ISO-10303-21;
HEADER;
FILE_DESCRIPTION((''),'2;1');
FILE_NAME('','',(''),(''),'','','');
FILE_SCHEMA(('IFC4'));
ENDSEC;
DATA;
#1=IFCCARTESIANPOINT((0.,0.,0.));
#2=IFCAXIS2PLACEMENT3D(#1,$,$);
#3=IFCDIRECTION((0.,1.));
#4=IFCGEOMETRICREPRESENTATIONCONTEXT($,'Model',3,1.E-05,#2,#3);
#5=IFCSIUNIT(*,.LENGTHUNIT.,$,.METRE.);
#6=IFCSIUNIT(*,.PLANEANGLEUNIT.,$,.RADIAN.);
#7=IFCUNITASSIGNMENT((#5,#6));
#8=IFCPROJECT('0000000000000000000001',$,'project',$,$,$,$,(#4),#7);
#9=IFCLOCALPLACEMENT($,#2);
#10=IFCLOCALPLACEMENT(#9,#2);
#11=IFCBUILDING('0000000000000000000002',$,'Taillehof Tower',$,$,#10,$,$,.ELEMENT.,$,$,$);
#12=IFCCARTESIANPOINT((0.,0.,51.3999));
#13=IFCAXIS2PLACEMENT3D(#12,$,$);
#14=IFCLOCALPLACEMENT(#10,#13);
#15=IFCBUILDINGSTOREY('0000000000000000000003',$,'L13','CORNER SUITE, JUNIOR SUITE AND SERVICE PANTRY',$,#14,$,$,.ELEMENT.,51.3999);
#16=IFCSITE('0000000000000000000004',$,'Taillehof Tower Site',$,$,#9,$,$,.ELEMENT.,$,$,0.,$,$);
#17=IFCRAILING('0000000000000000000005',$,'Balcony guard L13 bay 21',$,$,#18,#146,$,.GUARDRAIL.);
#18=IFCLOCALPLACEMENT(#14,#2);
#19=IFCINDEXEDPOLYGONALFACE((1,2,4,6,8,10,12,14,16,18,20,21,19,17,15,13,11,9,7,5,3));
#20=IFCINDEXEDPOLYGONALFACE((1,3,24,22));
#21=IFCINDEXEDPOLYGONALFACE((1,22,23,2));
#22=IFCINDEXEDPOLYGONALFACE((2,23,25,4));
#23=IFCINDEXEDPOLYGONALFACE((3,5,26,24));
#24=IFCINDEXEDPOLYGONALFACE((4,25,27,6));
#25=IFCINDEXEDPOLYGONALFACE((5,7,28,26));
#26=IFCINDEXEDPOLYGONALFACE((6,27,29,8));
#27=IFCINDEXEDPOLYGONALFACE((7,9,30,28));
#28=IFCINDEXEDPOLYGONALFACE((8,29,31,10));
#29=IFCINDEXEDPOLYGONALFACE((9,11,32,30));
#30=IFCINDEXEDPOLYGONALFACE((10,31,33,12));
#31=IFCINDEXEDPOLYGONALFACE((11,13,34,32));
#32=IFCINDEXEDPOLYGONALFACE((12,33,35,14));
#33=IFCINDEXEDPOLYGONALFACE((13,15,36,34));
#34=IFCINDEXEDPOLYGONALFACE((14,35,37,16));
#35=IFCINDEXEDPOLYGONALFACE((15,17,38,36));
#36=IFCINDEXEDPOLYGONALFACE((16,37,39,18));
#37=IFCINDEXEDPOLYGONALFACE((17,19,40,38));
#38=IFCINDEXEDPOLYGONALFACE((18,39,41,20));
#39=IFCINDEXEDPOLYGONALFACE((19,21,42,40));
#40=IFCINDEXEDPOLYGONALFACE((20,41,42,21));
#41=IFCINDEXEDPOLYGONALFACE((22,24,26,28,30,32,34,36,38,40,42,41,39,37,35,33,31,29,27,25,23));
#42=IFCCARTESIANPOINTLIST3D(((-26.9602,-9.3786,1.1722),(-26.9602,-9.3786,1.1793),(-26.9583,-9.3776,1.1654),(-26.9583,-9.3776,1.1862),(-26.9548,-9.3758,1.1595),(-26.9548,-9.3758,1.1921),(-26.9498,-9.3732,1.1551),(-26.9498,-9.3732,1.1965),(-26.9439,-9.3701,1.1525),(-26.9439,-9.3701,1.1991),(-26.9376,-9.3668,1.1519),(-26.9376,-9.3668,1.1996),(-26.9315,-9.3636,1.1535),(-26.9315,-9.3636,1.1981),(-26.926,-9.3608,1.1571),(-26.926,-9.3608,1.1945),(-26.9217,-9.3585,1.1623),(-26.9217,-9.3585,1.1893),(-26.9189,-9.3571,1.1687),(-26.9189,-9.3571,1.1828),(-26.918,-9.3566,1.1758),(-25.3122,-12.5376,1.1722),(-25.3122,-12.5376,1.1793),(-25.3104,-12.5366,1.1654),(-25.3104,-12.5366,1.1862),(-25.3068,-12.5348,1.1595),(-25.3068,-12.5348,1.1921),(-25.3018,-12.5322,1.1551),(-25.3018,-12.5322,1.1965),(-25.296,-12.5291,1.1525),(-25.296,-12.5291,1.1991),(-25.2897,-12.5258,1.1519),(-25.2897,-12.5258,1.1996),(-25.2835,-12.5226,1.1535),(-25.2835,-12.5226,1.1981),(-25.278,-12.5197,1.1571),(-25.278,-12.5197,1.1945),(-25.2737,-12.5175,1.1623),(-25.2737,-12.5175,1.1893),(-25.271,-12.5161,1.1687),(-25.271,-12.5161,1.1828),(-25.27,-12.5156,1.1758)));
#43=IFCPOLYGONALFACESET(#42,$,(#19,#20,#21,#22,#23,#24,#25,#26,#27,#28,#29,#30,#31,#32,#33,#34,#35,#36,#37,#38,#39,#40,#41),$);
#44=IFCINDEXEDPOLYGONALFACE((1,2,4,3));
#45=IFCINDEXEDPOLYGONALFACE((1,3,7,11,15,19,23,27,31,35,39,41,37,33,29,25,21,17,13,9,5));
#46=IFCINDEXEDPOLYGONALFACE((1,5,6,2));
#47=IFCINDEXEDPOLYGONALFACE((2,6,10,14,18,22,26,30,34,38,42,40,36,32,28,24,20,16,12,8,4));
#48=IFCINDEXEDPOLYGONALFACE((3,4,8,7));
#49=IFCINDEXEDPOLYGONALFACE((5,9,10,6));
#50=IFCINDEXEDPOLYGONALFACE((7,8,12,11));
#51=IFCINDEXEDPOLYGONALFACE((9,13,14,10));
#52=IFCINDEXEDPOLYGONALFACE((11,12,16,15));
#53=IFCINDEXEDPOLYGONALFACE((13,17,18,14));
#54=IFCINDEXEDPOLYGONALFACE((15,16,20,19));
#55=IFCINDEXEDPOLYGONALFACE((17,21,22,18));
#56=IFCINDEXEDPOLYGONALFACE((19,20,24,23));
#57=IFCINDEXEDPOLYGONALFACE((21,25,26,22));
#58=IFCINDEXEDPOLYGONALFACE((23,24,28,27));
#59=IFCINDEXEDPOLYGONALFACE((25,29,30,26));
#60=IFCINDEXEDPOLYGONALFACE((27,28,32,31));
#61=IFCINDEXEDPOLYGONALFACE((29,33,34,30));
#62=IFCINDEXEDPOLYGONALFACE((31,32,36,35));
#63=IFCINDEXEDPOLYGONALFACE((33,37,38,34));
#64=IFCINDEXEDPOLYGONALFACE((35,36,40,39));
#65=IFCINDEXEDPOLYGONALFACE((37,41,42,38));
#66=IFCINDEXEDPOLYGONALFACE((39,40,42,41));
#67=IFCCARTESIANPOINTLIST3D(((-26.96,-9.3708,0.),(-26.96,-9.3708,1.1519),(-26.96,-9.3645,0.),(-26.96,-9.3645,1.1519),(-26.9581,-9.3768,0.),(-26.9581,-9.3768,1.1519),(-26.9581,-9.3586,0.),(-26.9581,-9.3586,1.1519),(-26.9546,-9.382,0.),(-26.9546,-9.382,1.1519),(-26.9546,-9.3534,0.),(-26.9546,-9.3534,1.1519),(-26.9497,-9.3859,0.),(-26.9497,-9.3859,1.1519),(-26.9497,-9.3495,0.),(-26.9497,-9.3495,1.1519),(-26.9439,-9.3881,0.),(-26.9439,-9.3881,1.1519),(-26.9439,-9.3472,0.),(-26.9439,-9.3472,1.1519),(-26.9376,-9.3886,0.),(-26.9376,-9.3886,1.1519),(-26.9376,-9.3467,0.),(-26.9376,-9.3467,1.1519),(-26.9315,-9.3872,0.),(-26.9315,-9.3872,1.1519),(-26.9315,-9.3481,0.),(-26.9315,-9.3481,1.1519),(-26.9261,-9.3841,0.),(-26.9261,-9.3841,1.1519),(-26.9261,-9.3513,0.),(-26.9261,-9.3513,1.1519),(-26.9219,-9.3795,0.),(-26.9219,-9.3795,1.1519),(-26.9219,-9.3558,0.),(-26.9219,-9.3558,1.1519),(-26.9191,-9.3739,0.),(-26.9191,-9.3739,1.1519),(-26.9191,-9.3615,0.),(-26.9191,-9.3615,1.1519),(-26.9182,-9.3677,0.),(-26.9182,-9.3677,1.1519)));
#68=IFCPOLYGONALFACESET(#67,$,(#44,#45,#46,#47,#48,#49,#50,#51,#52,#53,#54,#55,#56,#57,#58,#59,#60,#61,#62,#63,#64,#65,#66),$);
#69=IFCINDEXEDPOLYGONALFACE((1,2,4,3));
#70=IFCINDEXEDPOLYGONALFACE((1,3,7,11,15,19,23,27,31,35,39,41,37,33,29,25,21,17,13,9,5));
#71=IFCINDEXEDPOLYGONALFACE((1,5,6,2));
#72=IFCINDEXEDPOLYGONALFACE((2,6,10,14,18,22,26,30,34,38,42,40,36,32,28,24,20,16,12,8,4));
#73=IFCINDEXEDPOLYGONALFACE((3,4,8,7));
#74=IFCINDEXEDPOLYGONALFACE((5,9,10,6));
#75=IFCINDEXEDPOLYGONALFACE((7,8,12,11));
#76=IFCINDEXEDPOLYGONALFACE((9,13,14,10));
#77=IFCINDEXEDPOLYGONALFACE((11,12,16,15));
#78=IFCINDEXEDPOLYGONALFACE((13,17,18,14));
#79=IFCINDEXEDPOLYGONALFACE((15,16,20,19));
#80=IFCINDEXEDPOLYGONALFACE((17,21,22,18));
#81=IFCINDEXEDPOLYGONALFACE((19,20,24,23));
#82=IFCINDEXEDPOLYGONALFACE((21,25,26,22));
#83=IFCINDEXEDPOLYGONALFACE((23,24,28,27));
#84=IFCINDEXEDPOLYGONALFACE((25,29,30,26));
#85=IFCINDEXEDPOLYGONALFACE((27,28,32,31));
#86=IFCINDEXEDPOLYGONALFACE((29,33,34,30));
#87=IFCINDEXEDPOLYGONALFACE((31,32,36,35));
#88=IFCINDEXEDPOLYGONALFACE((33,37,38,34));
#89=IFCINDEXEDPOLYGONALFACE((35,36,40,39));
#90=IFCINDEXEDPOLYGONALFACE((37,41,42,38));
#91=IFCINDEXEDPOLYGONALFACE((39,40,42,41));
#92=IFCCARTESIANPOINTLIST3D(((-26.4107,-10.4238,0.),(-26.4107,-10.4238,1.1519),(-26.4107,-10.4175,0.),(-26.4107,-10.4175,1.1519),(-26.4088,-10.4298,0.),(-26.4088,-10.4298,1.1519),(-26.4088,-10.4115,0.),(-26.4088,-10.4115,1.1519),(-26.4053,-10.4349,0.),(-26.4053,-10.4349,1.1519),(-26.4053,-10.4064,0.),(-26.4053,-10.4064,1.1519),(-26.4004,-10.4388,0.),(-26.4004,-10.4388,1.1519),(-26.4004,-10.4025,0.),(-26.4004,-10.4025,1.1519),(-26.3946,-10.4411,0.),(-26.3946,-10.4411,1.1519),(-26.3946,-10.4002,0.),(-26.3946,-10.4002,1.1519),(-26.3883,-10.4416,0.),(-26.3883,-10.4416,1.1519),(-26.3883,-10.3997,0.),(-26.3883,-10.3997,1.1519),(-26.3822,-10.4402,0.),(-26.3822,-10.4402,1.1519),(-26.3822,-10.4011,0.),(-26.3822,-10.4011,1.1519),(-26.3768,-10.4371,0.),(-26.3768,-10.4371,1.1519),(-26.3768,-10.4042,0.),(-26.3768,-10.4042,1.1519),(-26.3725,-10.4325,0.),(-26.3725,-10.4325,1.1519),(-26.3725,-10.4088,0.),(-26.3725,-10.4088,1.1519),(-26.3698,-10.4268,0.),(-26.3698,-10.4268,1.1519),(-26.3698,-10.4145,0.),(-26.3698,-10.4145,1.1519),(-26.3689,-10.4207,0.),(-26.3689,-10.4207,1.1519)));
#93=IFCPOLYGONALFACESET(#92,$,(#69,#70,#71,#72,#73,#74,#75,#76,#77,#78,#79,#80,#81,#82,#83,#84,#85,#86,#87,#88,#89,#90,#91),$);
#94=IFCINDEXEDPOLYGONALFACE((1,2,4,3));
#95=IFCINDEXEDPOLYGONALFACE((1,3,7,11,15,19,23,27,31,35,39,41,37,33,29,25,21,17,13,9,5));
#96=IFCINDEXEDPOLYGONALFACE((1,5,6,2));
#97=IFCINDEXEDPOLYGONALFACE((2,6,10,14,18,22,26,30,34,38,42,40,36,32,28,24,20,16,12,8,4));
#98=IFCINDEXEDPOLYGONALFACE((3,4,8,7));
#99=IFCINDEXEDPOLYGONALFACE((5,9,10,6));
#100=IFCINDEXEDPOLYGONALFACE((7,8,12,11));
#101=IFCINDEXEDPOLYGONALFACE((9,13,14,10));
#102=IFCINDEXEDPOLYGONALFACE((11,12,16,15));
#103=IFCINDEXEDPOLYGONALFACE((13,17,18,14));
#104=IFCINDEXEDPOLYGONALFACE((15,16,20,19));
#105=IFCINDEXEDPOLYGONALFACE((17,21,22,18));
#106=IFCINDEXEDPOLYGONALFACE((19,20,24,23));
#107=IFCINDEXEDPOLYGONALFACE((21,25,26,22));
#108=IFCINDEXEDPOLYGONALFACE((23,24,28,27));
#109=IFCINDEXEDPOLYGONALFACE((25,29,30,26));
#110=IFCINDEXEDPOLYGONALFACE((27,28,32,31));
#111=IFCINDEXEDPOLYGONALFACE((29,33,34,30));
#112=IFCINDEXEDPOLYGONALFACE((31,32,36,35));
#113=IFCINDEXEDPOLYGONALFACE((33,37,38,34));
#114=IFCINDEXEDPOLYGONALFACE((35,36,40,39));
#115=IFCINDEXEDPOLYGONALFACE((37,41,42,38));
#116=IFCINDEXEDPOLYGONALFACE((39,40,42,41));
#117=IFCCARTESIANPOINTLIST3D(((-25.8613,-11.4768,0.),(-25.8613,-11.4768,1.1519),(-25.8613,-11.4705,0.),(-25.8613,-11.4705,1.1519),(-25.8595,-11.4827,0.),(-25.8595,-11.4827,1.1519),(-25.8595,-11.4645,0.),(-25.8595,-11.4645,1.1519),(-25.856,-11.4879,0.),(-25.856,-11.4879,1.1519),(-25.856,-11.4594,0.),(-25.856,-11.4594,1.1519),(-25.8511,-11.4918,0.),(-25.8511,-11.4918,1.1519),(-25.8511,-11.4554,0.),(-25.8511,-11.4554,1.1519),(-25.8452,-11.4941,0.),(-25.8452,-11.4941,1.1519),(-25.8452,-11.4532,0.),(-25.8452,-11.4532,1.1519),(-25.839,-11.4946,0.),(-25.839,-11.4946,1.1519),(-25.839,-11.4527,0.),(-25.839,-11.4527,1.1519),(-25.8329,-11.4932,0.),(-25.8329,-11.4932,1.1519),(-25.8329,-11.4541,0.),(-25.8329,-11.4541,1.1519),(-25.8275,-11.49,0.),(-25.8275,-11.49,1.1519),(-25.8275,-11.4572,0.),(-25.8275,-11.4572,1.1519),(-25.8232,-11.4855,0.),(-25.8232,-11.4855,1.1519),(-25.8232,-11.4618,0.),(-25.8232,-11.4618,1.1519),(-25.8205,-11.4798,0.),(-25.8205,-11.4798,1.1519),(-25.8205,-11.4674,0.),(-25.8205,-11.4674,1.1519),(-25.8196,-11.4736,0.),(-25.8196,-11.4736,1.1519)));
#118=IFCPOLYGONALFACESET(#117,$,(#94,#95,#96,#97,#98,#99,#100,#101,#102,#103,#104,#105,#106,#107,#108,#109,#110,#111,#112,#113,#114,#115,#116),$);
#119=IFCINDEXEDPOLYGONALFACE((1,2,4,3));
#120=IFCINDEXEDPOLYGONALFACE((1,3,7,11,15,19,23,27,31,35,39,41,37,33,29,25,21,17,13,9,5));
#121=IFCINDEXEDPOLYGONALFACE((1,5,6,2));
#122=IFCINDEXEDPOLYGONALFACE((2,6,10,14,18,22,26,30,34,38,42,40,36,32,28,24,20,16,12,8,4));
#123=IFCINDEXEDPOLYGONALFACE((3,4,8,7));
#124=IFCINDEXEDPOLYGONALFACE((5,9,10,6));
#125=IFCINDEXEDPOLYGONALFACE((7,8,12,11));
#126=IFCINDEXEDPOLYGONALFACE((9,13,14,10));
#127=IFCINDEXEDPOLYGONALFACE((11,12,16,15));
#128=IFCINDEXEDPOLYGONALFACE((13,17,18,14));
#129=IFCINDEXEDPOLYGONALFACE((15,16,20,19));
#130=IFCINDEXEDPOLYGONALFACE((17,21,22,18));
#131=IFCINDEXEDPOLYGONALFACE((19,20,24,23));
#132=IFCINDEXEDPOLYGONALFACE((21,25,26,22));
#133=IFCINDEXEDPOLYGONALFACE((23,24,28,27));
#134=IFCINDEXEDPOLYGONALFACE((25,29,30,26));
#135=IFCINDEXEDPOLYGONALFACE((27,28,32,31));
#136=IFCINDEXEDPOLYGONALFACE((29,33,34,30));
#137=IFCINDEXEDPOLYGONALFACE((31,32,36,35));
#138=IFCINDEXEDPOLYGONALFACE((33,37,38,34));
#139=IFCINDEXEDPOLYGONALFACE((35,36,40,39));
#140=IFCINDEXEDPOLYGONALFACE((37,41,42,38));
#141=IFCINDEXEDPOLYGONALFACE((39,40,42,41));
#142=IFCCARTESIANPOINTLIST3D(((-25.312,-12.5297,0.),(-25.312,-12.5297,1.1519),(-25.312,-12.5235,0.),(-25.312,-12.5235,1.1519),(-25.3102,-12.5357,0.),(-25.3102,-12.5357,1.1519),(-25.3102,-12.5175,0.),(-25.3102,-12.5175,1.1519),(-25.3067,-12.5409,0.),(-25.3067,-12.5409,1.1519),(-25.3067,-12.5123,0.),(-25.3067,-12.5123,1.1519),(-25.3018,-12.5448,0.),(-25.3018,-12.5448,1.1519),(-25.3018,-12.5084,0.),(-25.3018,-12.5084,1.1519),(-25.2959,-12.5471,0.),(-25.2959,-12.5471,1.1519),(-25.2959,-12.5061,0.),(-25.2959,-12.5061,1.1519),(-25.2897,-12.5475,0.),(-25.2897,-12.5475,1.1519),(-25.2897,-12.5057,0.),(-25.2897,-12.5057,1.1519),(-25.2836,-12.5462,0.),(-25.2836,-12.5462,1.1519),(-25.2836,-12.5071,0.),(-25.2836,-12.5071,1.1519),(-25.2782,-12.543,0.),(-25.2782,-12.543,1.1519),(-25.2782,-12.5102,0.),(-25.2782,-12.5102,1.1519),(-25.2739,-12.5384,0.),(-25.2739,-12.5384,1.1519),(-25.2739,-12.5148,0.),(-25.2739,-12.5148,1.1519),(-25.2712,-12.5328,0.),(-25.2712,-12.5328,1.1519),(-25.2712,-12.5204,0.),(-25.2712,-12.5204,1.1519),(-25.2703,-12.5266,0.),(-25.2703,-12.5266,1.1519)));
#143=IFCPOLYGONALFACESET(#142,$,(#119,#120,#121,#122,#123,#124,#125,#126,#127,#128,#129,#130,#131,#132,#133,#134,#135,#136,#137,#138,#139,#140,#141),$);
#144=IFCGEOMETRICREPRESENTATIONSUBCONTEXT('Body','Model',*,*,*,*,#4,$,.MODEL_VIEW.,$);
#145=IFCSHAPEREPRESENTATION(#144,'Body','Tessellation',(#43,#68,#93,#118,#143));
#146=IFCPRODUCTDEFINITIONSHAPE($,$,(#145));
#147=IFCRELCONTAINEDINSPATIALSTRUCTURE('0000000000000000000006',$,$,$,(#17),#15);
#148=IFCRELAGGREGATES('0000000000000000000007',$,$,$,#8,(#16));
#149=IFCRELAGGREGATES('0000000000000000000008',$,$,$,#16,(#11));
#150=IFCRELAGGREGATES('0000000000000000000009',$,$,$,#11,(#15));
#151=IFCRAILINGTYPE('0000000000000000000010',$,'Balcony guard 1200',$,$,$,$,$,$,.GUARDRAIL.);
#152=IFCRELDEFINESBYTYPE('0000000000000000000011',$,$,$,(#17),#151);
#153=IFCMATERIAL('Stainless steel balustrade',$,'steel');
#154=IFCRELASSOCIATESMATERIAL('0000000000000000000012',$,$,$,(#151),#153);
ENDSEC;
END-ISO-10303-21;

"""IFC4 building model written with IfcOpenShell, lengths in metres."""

from ifc_helpers import new_model, si_unit, direction, frame, origin, origin_2d, place, context, subcontext, project, spatial, circle, extrude, material, type_object, element, save


model = new_model("IFC4")

# Units and contexts
model_context = context("Model", 3, precision=1e-05, world=origin(), true_north=direction((0.0, 1.0)))
body_context = subcontext(model_context, "Body", "Model", "MODEL_VIEW")
ifc_project = project(units=[si_unit("LENGTHUNIT", "METRE"), si_unit("PLANEANGLEUNIT", "RADIAN")], contexts=[model_context])

# Site, building, storey
site_placement = place(None, origin())
site = spatial("IfcSite", under=ifc_project, at=site_placement, Name="Taillehof Tower Site", CompositionType="ELEMENT", RefElevation=0.0)
building_placement = place(site_placement, origin())
building = spatial("IfcBuilding", under=site, at=building_placement, Name="Taillehof Tower", CompositionType="ELEMENT")
storey_placement = place(building_placement, frame((0.0, 0.0, 51.3999)))
storey = spatial("IfcBuildingStorey", under=building, at=storey_placement, Name="L13", Description="CORNER SUITE, JUNIOR SUITE AND SERVICE PANTRY", CompositionType="ELEMENT", Elevation=51.3999)

# Railing
ifc_material_1 = material(Name="Stainless steel balustrade", Category="steel")
railing_type_1 = type_object("IfcRailingType", Name="Balcony guard 1200", PredefinedType="GUARDRAIL", material=ifc_material_1)
railing_1_placement = place(storey_placement, frame((-26.9392, -9.3677, 0.0)))
element("IfcRailing", 1, at=railing_1_placement, inside=storey, type_object=railing_type_1, Name="Balcony guard L13 bay 21", PredefinedType="GUARDRAIL", context=body_context, shape_type="SweptSolid", body=[
    extrude(circle(Radius=0.0239, at=origin_2d()), frame((0.0, 0.0, 1.1758), z_axis=(0.462524, -0.886607, 0.0), x_axis=(0.886607, 0.462524, 0.0)), (0.0, 0.0, 1.0), 3.563),
    extrude(circle(Radius=0.021, at=origin_2d()), origin(), (0.0, 0.0, 1.0), 1.1519),
    extrude(circle(Radius=0.021, at=origin_2d()), frame((0.5493, -1.053, 0.0)), (0.0, 0.0, 1.0), 1.1519),
    extrude(circle(Radius=0.021, at=origin_2d()), frame((1.0986, -2.106, 0.0)), (0.0, 0.0, 1.0), 1.1519),
    extrude(circle(Radius=0.021, at=origin_2d()), frame((1.6479, -3.1589, 0.0)), (0.0, 0.0, 1.0), 1.1519),
])

save(model, "model.ifc")
